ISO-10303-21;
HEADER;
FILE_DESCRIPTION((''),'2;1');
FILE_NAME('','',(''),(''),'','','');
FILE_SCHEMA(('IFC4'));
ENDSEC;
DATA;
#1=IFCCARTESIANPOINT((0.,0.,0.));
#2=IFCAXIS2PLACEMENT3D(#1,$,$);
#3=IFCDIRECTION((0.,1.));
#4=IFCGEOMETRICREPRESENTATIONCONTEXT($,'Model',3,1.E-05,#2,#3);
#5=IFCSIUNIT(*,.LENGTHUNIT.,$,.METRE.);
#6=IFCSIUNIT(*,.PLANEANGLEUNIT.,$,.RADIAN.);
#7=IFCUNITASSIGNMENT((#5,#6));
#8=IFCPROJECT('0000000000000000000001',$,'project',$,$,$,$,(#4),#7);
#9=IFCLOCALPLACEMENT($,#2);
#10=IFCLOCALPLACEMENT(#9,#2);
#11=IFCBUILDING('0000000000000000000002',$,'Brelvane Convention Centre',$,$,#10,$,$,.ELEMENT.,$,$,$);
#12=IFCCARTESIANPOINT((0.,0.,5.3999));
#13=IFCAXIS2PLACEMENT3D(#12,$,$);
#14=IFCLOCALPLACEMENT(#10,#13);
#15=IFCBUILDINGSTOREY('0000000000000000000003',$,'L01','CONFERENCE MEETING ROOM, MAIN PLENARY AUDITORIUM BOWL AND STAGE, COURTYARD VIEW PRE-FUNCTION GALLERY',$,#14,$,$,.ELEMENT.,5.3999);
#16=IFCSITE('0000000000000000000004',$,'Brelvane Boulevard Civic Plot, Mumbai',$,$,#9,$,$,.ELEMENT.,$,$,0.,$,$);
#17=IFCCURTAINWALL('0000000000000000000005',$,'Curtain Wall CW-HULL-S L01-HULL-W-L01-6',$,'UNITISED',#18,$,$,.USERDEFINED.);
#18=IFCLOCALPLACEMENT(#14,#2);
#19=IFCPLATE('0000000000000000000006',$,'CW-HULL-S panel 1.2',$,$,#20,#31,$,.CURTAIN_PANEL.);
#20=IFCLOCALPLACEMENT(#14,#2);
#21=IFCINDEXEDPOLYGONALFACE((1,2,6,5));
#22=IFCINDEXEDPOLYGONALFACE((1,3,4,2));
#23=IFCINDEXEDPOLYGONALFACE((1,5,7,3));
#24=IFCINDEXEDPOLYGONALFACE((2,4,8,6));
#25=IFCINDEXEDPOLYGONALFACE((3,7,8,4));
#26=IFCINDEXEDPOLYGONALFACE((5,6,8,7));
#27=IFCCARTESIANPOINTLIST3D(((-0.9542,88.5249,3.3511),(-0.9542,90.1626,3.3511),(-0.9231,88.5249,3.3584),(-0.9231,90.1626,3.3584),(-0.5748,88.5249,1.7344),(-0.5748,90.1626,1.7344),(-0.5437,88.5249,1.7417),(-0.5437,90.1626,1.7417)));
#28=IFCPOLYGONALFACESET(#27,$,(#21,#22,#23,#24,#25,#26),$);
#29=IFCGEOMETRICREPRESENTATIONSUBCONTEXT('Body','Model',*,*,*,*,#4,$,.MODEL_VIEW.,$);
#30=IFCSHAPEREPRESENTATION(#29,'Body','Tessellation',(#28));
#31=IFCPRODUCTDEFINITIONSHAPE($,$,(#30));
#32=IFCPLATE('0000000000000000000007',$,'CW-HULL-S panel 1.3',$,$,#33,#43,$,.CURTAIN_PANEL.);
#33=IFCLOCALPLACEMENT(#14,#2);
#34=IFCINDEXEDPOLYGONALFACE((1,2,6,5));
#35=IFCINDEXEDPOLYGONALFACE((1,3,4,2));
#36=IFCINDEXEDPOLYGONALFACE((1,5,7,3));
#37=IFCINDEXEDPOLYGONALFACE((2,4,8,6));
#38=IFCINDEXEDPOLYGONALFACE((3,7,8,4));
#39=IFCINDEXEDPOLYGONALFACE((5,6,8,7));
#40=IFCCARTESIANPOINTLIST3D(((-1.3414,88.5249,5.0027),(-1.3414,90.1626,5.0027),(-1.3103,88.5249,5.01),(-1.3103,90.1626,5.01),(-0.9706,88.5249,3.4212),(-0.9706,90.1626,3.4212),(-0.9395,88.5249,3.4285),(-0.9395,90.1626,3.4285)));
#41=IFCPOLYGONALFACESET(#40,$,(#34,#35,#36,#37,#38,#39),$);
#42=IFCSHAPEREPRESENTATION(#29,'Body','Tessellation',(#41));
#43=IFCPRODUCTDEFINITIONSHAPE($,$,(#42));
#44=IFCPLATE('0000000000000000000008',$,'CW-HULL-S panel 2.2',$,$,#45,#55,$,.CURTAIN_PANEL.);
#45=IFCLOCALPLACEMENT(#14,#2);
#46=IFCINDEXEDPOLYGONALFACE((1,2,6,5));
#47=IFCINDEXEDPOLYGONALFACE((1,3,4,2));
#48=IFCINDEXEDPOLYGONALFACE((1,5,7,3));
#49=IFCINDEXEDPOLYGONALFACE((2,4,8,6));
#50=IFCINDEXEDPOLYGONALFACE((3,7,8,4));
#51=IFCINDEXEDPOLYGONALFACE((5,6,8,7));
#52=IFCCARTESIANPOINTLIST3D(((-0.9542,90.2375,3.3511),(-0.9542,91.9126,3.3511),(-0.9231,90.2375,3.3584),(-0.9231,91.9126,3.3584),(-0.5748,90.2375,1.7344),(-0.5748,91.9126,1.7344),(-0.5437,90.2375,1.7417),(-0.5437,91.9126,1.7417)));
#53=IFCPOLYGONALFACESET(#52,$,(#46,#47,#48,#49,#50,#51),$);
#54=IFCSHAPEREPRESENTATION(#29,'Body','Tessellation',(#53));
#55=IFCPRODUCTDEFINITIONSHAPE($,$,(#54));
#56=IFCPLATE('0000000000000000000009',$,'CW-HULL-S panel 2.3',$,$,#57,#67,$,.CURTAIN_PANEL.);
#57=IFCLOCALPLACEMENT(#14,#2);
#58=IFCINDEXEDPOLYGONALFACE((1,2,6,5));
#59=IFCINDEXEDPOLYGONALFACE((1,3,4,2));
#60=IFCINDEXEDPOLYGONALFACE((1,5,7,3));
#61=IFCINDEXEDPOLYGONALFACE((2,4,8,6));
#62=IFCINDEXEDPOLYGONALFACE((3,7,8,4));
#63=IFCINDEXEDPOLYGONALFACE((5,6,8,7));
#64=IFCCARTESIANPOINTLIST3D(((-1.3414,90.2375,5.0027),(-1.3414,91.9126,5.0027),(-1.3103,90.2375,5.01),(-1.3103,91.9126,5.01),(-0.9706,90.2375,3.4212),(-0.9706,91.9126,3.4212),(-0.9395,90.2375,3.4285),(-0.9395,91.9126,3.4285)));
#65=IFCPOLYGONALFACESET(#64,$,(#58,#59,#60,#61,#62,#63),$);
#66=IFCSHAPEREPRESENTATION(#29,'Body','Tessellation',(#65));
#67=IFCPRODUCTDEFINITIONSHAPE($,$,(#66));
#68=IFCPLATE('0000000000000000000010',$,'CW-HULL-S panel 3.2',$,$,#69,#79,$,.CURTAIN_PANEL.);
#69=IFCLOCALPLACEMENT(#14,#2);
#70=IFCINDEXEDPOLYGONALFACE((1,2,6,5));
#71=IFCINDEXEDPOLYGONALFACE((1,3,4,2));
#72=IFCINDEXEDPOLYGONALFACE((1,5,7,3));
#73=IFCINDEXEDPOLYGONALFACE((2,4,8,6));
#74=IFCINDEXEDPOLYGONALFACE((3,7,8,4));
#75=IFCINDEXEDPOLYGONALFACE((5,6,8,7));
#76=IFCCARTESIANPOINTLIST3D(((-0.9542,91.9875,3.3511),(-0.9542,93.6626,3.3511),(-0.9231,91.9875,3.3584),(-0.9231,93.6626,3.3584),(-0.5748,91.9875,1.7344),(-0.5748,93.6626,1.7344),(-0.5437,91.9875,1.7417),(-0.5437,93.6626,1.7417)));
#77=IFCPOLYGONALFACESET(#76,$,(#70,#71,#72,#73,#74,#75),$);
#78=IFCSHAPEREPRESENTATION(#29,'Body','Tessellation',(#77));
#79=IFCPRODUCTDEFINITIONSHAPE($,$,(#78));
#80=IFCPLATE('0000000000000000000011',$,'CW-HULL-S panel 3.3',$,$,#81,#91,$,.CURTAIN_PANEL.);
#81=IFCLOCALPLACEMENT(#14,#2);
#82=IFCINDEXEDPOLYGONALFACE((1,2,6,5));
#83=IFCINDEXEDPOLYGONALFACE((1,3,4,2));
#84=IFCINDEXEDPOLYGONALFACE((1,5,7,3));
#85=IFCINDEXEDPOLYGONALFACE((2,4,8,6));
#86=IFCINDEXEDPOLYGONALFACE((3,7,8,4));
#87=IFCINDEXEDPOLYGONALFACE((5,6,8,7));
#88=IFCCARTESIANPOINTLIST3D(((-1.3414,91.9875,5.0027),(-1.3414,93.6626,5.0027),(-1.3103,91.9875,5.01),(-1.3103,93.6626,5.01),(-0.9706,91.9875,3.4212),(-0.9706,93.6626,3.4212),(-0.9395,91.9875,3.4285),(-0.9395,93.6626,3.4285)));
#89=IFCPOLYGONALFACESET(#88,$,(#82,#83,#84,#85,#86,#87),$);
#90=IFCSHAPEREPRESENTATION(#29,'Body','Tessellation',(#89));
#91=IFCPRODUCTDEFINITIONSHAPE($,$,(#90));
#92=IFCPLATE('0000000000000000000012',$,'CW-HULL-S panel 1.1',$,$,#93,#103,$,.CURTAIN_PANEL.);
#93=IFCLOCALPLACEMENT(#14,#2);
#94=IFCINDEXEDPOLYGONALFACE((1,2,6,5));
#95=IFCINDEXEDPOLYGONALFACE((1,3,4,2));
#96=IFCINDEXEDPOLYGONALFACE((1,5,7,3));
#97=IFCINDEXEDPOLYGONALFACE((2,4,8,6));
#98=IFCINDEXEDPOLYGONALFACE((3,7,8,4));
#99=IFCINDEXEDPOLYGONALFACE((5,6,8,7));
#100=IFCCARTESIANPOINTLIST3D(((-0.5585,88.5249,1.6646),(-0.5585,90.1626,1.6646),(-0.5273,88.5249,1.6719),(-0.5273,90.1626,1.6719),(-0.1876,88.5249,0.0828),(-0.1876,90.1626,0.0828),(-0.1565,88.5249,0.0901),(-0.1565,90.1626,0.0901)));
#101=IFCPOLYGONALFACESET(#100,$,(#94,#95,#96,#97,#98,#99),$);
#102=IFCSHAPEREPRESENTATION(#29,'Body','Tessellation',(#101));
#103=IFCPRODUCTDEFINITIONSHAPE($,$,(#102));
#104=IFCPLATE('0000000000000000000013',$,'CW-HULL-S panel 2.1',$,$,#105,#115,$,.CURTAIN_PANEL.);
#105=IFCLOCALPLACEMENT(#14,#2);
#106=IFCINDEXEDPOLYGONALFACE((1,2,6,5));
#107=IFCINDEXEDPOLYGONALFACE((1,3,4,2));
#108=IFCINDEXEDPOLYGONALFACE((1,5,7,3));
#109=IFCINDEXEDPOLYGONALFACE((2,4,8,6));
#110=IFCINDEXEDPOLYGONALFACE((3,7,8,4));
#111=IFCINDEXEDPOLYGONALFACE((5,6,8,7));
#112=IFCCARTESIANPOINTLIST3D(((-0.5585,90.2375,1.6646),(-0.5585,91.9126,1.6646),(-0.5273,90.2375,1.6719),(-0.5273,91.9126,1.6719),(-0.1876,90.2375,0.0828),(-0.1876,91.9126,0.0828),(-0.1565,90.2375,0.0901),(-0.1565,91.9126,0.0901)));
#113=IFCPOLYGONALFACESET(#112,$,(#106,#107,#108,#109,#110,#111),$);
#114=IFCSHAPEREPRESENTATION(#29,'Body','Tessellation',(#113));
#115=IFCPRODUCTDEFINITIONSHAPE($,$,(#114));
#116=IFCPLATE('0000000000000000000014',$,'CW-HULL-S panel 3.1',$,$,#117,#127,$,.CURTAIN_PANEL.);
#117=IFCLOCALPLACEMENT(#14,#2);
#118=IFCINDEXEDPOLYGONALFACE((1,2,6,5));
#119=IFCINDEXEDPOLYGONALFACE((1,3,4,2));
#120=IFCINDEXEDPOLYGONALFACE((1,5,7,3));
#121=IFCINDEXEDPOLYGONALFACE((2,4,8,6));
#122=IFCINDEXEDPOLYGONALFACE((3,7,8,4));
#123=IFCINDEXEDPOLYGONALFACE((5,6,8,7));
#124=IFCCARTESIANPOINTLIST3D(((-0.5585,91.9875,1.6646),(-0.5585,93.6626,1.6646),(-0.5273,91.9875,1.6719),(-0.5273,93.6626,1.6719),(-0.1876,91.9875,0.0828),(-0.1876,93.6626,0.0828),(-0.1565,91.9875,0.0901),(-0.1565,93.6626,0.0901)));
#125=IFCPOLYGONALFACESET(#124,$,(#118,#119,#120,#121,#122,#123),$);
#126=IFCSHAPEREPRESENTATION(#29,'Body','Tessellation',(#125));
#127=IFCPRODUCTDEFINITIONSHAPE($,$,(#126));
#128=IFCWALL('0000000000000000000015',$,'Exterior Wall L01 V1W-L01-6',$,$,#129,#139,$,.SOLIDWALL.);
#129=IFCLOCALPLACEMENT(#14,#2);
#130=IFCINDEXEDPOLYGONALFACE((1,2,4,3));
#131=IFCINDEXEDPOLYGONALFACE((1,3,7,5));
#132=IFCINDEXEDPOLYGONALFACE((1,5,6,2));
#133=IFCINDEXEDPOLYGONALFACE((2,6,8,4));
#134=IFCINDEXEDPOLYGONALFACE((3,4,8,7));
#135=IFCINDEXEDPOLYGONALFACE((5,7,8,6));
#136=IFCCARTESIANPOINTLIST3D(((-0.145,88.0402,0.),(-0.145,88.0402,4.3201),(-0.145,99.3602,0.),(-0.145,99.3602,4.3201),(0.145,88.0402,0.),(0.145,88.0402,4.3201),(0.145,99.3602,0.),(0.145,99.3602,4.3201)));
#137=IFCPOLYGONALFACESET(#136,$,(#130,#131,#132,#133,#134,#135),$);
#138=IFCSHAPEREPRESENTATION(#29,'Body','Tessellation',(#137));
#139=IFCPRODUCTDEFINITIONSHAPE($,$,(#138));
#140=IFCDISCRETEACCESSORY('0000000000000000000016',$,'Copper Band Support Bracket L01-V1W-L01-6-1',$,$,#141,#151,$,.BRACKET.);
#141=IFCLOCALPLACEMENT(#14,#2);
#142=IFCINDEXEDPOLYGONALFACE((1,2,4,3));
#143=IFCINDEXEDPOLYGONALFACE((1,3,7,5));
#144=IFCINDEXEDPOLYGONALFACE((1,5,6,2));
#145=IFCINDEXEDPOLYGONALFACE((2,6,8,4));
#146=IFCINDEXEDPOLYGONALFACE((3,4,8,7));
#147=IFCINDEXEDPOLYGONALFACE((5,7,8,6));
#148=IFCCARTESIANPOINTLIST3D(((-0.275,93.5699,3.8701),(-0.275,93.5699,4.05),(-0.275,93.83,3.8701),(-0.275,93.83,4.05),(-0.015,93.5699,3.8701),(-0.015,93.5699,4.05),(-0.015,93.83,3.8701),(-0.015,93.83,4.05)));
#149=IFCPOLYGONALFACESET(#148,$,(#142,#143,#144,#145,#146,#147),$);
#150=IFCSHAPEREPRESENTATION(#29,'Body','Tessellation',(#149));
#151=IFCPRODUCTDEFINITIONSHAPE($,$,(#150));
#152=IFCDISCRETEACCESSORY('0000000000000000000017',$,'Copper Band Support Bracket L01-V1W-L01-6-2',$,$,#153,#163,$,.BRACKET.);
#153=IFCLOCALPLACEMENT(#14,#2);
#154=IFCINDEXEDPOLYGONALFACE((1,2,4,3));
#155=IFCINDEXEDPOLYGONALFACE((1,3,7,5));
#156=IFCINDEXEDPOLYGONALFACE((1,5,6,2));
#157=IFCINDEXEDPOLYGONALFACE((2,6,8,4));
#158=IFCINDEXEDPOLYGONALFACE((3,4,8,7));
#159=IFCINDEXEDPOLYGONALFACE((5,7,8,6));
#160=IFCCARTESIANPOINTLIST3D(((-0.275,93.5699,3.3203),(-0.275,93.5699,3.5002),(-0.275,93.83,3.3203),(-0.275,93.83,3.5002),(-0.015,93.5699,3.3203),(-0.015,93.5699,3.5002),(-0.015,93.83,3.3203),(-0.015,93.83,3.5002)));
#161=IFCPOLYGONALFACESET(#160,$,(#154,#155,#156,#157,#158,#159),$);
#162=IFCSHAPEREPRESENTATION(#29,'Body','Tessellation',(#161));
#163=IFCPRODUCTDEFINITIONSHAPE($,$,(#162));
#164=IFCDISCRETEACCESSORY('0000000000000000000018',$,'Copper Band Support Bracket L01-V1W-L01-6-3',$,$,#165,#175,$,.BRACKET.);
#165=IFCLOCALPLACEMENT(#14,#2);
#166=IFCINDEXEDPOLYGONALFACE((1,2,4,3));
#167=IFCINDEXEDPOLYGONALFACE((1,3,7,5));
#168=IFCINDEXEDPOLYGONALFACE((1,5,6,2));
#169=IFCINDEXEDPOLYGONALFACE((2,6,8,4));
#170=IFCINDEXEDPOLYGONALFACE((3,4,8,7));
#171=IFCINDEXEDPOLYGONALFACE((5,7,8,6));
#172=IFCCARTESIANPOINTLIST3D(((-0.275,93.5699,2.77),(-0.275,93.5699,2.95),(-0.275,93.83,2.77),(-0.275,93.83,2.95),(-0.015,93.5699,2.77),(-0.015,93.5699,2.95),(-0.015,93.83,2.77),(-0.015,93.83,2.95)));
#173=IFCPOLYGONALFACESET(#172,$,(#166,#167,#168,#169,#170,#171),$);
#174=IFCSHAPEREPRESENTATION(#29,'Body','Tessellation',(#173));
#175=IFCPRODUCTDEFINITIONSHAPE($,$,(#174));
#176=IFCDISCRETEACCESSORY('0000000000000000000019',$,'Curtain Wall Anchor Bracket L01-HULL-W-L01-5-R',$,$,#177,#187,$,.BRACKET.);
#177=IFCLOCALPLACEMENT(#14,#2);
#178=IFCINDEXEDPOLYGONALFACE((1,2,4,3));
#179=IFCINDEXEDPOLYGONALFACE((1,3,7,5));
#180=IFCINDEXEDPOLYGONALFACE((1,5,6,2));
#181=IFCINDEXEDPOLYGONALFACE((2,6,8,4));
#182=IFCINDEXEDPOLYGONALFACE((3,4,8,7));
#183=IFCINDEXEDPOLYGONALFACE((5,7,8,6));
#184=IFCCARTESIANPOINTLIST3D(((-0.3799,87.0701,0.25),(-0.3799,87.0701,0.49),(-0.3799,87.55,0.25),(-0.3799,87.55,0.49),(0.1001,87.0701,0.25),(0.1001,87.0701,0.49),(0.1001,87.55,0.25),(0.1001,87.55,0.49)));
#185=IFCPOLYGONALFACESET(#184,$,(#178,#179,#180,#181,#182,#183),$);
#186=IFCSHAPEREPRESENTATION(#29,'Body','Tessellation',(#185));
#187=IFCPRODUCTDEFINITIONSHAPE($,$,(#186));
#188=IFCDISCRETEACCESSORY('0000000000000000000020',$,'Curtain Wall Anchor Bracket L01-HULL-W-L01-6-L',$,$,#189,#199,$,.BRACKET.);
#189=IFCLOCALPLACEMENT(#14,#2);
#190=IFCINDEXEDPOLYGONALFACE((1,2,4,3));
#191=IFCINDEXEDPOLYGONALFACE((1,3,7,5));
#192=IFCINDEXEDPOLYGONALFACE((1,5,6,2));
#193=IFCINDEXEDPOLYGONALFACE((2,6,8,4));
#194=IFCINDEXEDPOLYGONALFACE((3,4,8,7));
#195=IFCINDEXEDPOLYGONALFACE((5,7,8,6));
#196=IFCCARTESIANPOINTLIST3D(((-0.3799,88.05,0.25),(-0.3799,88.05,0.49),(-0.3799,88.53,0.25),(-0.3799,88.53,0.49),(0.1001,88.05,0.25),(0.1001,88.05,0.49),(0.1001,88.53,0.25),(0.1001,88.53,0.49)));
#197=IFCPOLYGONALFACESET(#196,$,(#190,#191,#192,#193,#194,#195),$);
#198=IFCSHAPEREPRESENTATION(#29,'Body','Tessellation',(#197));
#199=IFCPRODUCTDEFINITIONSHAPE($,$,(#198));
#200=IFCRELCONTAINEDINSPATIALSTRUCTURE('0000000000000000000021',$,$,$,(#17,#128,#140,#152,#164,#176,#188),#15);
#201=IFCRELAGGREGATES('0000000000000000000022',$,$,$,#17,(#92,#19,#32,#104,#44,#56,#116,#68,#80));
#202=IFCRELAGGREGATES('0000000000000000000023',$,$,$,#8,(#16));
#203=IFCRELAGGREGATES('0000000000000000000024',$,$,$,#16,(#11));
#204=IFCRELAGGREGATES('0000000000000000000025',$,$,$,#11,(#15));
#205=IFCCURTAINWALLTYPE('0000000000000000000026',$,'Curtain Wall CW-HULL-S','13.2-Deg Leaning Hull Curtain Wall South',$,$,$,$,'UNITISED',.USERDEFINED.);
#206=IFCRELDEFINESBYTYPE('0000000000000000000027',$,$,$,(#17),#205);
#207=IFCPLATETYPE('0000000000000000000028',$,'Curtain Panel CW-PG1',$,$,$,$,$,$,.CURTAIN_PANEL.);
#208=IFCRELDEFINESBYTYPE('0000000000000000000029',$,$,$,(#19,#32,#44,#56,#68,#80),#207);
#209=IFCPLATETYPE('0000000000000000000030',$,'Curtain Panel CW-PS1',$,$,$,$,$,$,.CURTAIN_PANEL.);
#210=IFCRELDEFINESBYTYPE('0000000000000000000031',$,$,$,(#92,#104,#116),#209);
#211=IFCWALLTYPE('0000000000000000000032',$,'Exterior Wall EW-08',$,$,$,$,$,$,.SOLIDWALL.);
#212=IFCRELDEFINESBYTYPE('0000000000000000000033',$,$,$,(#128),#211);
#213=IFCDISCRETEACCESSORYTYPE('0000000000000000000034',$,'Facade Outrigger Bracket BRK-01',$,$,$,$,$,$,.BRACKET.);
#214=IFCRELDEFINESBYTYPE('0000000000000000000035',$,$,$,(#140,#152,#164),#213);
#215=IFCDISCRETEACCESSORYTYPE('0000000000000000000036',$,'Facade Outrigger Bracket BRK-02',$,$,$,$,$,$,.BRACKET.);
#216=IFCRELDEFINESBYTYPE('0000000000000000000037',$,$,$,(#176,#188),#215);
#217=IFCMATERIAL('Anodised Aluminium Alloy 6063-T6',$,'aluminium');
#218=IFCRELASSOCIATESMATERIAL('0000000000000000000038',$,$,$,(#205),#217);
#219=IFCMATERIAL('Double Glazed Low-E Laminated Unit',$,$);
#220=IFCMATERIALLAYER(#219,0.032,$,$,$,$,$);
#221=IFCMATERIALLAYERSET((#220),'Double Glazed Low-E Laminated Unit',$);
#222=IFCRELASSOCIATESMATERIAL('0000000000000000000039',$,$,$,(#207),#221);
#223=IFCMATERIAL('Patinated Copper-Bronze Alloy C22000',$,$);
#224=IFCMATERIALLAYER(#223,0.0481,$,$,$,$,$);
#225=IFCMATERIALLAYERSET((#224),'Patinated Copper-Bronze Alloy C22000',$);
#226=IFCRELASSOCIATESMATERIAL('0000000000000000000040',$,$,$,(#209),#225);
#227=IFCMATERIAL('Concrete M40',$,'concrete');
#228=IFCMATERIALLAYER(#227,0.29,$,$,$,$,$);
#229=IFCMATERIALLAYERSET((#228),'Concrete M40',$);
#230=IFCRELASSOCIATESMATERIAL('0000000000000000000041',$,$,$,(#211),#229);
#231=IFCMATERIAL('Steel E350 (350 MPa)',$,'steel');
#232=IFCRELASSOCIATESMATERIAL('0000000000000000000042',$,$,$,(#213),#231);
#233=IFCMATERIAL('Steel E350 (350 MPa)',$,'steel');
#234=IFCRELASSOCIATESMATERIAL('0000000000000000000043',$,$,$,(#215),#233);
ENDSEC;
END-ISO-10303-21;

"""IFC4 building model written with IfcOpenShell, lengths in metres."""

from ifc_helpers import new_model, si_unit, direction, frame, frame_2d, origin, origin_2d, place, context, subcontext, project, spatial, polyline, rectangle, outline, extrude, material, layer, layer_set, type_object, element, aggregate, save


model = new_model("IFC4")

# Units and contexts
model_context = context("Model", 3, precision=1e-05, world=origin(), true_north=direction((0.0, 1.0)))
body_context = subcontext(model_context, "Body", "Model", "MODEL_VIEW")
ifc_project = project(units=[si_unit("LENGTHUNIT", "METRE"), si_unit("PLANEANGLEUNIT", "RADIAN")], contexts=[model_context])

# Site, building, storey
site_placement = place(None, origin())
site = spatial("IfcSite", under=ifc_project, at=site_placement, Name="Brelvane Boulevard Civic Plot, Mumbai", CompositionType="ELEMENT", RefElevation=0.0)
building_placement = place(site_placement, origin())
building = spatial("IfcBuilding", under=site, at=building_placement, Name="Brelvane Convention Centre", CompositionType="ELEMENT")
storey_placement = place(building_placement, frame((0.0, 0.0, 5.3999)))
storey = spatial("IfcBuildingStorey", under=building, at=storey_placement, Name="L01", Description="CONFERENCE MEETING ROOM, MAIN PLENARY AUDITORIUM BOWL AND STAGE, COURTYARD VIEW PRE-FUNCTION GALLERY", CompositionType="ELEMENT", Elevation=5.3999)

# Shared definitions
ifc_material_1 = material(Name="Anodised Aluminium Alloy 6063-T6", Category="aluminium")
curtain_wall_type = type_object("IfcCurtainWallType", Name="Curtain Wall CW-HULL-S", Description="13.2-Deg Leaning Hull Curtain Wall South", ElementType="UNITISED", PredefinedType="USERDEFINED", material=ifc_material_1)

# Curtain wall
curtain_wall_1_placement = place(storey_placement, origin())
curtain_wall_1 = element("IfcCurtainWall", 1, at=curtain_wall_1_placement, inside=storey, type_object=curtain_wall_type, Name="Curtain Wall CW-HULL-S L01-HULL-W-L01-6", ObjectType="UNITISED", PredefinedType="USERDEFINED")

# Plates
ifc_material_2 = material(Name="Double Glazed Low-E Laminated Unit")
ifc_layer_1 = layer(ifc_material_2, 0.032)
ifc_layer_set_1 = layer_set([ifc_layer_1], Name="Double Glazed Low-E Laminated Unit")
plate_type_1 = type_object("IfcPlateType", Name="Curtain Panel CW-PG1", PredefinedType="CURTAIN_PANEL", material=ifc_layer_set_1)
plate_1_placement = place(storey_placement, frame((-0.5437, 88.5249, 1.7417), z_axis=(0.973552, 0.0, 0.228466), x_axis=(0.0, 1.0, 0.0)))
plate_1 = element("IfcPlate", 2, at=plate_1_placement, type_object=plate_type_1, Name="CW-HULL-S panel 1.2", PredefinedType="CURTAIN_PANEL", context=body_context, shape_type="SweptSolid", body=[
    extrude(outline(polyline([(0.0, 0.0), (1.6377, 0.0), (1.6377, 1.6606), (0.0, 1.6606), (0.0, 0.0)])), origin(), (0.0, 0.0, -1.0), 0.032),
])
plate_2_placement = place(storey_placement, frame((-0.9395, 88.5249, 3.4285), z_axis=(0.973592, 0.0, 0.228294), x_axis=(0.0, 1.0, 0.0)))
plate_2 = element("IfcPlate", 3, at=plate_2_placement, type_object=plate_type_1, Name="CW-HULL-S panel 1.3", PredefinedType="CURTAIN_PANEL", context=body_context, shape_type="SweptSolid", body=[
    extrude(outline(polyline([(0.0, 0.0), (1.6377, 0.0), (1.6377, 1.6244), (0.0, 1.6244), (0.0, 0.0)])), origin(), (0.0, 0.0, -1.0), 0.032),
])
plate_3_placement = place(storey_placement, frame((-0.5437, 90.2375, 1.7417), z_axis=(0.973552, 0.0, 0.228466), x_axis=(0.0, 1.0, 0.0)))
plate_3 = element("IfcPlate", 4, at=plate_3_placement, type_object=plate_type_1, Name="CW-HULL-S panel 2.2", PredefinedType="CURTAIN_PANEL", context=body_context, shape_type="SweptSolid", body=[
    extrude(outline(polyline([(0.0, 0.0), (1.675, 0.0), (1.675, 1.6606), (0.0, 1.6606), (0.0, 0.0)])), origin(), (0.0, 0.0, -1.0), 0.032),
])
plate_4_placement = place(storey_placement, frame((-0.9395, 90.2375, 3.4285), z_axis=(0.973592, 0.0, 0.228294), x_axis=(0.0, 1.0, 0.0)))
plate_4 = element("IfcPlate", 5, at=plate_4_placement, type_object=plate_type_1, Name="CW-HULL-S panel 2.3", PredefinedType="CURTAIN_PANEL", context=body_context, shape_type="SweptSolid", body=[
    extrude(outline(polyline([(0.0, 0.0), (1.675, 0.0), (1.675, 1.6244), (0.0, 1.6244), (0.0, 0.0)])), origin(), (0.0, 0.0, -1.0), 0.032),
])
plate_5_placement = place(storey_placement, frame((-0.5437, 91.9875, 1.7417), z_axis=(0.973552, 0.0, 0.228466), x_axis=(0.0, 1.0, 0.0)))
plate_5 = element("IfcPlate", 6, at=plate_5_placement, type_object=plate_type_1, Name="CW-HULL-S panel 3.2", PredefinedType="CURTAIN_PANEL", context=body_context, shape_type="SweptSolid", body=[
    extrude(outline(polyline([(0.0, 0.0), (1.675, 0.0), (1.675, 1.6606), (0.0, 1.6606), (0.0, 0.0)])), origin(), (0.0, 0.0, -1.0), 0.032),
])
plate_6_placement = place(storey_placement, frame((-0.9395, 91.9875, 3.4285), z_axis=(0.973592, 0.0, 0.228294), x_axis=(0.0, 1.0, 0.0)))
plate_6 = element("IfcPlate", 7, at=plate_6_placement, type_object=plate_type_1, Name="CW-HULL-S panel 3.3", PredefinedType="CURTAIN_PANEL", context=body_context, shape_type="SweptSolid", body=[
    extrude(outline(polyline([(0.0, 0.0), (1.675, 0.0), (1.675, 1.6244), (0.0, 1.6244), (0.0, 0.0)])), origin(), (0.0, 0.0, -1.0), 0.032),
])
ifc_material_3 = material(Name="Patinated Copper-Bronze Alloy C22000")
ifc_layer_2 = layer(ifc_material_3, 0.0481)
ifc_layer_set_2 = layer_set([ifc_layer_2], Name="Patinated Copper-Bronze Alloy C22000")
plate_type_2 = type_object("IfcPlateType", Name="Curtain Panel CW-PS1", PredefinedType="CURTAIN_PANEL", material=ifc_layer_set_2)
plate_7_placement = place(storey_placement, frame((-0.1565, 88.5249, 0.0901), z_axis=(0.9736, 0.0, 0.22826), x_axis=(0.0, 1.0, 0.0)))
plate_7 = element("IfcPlate", 8, at=plate_7_placement, type_object=plate_type_2, Name="CW-HULL-S panel 1.1", PredefinedType="CURTAIN_PANEL", context=body_context, shape_type="SweptSolid", body=[
    extrude(outline(polyline([(0.0, 0.0), (1.6377, 0.0), (1.6377, 1.6247), (0.0, 1.6247), (0.0, 0.0)])), origin(), (0.0, 0.0, -1.0), 0.032),
])
plate_8_placement = place(storey_placement, frame((-0.1565, 90.2375, 0.0901), z_axis=(0.9736, 0.0, 0.22826), x_axis=(0.0, 1.0, 0.0)))
plate_8 = element("IfcPlate", 9, at=plate_8_placement, type_object=plate_type_2, Name="CW-HULL-S panel 2.1", PredefinedType="CURTAIN_PANEL", context=body_context, shape_type="SweptSolid", body=[
    extrude(outline(polyline([(0.0, 0.0), (1.675, 0.0), (1.675, 1.6247), (0.0, 1.6247), (0.0, 0.0)])), origin(), (0.0, 0.0, -1.0), 0.032),
])
plate_9_placement = place(storey_placement, frame((-0.1565, 91.9875, 0.0901), z_axis=(0.9736, 0.0, 0.22826), x_axis=(0.0, 1.0, 0.0)))
plate_9 = element("IfcPlate", 10, at=plate_9_placement, type_object=plate_type_2, Name="CW-HULL-S panel 3.1", PredefinedType="CURTAIN_PANEL", context=body_context, shape_type="SweptSolid", body=[
    extrude(outline(polyline([(0.0, 0.0), (1.675, 0.0), (1.675, 1.6247), (0.0, 1.6247), (0.0, 0.0)])), origin(), (0.0, 0.0, -1.0), 0.032),
])
aggregate(curtain_wall_1, [plate_7, plate_1, plate_2, plate_8, plate_3, plate_4, plate_9, plate_5, plate_6])

# Wall
ifc_material_4 = material(Name="Concrete M40", Category="concrete")
ifc_layer_3 = layer(ifc_material_4, 0.29)
ifc_layer_set_3 = layer_set([ifc_layer_3], Name="Concrete M40")
wall_type = type_object("IfcWallType", Name="Exterior Wall EW-08", PredefinedType="SOLIDWALL", material=ifc_layer_set_3)
wall_placement = place(storey_placement, frame((0.0, 88.04, 0.0), z_axis=(0.0, 0.0, 1.0), x_axis=(0.0, 1.0, 0.0)))
element("IfcWall", 11, at=wall_placement, inside=storey, type_object=wall_type, Name="Exterior Wall L01 V1W-L01-6", PredefinedType="SOLIDWALL", context=body_context, shape_type="SweptSolid", body=[
    extrude(rectangle(XDim=11.3201, YDim=0.29, at=frame_2d((5.6602, 0.0))), origin(), (0.0, 0.0, 1.0), 4.3201),
])

# Discrete accessories
ifc_material_5 = material(Name="Steel E350 (350 MPa)", Category="steel")
discrete_accessory_type_1 = type_object("IfcDiscreteAccessoryType", Name="Facade Outrigger Bracket BRK-01", PredefinedType="BRACKET", material=ifc_material_5)
for number, where, z_axis, x_axis, name in (
    (12, (-0.145, 93.7, 3.8701), (0.0, 0.0, 1.0), (1.0, 0.0, 0.0), "Copper Band Support Bracket L01-V1W-L01-6-1"),
    (13, (-0.145, 93.7, 3.3203), (0.0, 0.0, 1.0), (1.0, 0.0, 0.0), "Copper Band Support Bracket L01-V1W-L01-6-2"),
    (14, (-0.145, 93.7, 2.77), (0.0, 0.0, 1.0), (1.0, 0.0, 0.0), "Copper Band Support Bracket L01-V1W-L01-6-3"),
):
    element("IfcDiscreteAccessory", number, at=place(storey_placement, frame(where, z_axis=z_axis, x_axis=x_axis)), inside=storey, type_object=discrete_accessory_type_1, Name=name, PredefinedType="BRACKET", context=body_context, shape_type="SweptSolid", body=[
        extrude(rectangle(XDim=0.26, YDim=0.26, at=origin_2d()), origin(), (0.0, 0.0, 1.0), 0.1799),
    ])
ifc_material_6 = material(Name="Steel E350 (350 MPa)", Category="steel")
discrete_accessory_type_2 = type_object("IfcDiscreteAccessoryType", Name="Facade Outrigger Bracket BRK-02", PredefinedType="BRACKET", material=ifc_material_6)
for number, where, z_axis, x_axis, name in (
    (15, (-0.1399, 87.3101, 0.25), (0.0, 0.0, 1.0), (1.0, 0.0, 0.0), "Curtain Wall Anchor Bracket L01-HULL-W-L01-5-R"),
    (16, (-0.1399, 88.29, 0.25), (0.0, 0.0, 1.0), (1.0, 0.0, 0.0), "Curtain Wall Anchor Bracket L01-HULL-W-L01-6-L"),
):
    element("IfcDiscreteAccessory", number, at=place(storey_placement, frame(where, z_axis=z_axis, x_axis=x_axis)), inside=storey, type_object=discrete_accessory_type_2, Name=name, PredefinedType="BRACKET", context=body_context, shape_type="SweptSolid", body=[
        extrude(rectangle(XDim=0.48, YDim=0.48, at=origin_2d()), origin(), (0.0, 0.0, 1.0), 0.24),
    ])

save(model, "model.ifc")
